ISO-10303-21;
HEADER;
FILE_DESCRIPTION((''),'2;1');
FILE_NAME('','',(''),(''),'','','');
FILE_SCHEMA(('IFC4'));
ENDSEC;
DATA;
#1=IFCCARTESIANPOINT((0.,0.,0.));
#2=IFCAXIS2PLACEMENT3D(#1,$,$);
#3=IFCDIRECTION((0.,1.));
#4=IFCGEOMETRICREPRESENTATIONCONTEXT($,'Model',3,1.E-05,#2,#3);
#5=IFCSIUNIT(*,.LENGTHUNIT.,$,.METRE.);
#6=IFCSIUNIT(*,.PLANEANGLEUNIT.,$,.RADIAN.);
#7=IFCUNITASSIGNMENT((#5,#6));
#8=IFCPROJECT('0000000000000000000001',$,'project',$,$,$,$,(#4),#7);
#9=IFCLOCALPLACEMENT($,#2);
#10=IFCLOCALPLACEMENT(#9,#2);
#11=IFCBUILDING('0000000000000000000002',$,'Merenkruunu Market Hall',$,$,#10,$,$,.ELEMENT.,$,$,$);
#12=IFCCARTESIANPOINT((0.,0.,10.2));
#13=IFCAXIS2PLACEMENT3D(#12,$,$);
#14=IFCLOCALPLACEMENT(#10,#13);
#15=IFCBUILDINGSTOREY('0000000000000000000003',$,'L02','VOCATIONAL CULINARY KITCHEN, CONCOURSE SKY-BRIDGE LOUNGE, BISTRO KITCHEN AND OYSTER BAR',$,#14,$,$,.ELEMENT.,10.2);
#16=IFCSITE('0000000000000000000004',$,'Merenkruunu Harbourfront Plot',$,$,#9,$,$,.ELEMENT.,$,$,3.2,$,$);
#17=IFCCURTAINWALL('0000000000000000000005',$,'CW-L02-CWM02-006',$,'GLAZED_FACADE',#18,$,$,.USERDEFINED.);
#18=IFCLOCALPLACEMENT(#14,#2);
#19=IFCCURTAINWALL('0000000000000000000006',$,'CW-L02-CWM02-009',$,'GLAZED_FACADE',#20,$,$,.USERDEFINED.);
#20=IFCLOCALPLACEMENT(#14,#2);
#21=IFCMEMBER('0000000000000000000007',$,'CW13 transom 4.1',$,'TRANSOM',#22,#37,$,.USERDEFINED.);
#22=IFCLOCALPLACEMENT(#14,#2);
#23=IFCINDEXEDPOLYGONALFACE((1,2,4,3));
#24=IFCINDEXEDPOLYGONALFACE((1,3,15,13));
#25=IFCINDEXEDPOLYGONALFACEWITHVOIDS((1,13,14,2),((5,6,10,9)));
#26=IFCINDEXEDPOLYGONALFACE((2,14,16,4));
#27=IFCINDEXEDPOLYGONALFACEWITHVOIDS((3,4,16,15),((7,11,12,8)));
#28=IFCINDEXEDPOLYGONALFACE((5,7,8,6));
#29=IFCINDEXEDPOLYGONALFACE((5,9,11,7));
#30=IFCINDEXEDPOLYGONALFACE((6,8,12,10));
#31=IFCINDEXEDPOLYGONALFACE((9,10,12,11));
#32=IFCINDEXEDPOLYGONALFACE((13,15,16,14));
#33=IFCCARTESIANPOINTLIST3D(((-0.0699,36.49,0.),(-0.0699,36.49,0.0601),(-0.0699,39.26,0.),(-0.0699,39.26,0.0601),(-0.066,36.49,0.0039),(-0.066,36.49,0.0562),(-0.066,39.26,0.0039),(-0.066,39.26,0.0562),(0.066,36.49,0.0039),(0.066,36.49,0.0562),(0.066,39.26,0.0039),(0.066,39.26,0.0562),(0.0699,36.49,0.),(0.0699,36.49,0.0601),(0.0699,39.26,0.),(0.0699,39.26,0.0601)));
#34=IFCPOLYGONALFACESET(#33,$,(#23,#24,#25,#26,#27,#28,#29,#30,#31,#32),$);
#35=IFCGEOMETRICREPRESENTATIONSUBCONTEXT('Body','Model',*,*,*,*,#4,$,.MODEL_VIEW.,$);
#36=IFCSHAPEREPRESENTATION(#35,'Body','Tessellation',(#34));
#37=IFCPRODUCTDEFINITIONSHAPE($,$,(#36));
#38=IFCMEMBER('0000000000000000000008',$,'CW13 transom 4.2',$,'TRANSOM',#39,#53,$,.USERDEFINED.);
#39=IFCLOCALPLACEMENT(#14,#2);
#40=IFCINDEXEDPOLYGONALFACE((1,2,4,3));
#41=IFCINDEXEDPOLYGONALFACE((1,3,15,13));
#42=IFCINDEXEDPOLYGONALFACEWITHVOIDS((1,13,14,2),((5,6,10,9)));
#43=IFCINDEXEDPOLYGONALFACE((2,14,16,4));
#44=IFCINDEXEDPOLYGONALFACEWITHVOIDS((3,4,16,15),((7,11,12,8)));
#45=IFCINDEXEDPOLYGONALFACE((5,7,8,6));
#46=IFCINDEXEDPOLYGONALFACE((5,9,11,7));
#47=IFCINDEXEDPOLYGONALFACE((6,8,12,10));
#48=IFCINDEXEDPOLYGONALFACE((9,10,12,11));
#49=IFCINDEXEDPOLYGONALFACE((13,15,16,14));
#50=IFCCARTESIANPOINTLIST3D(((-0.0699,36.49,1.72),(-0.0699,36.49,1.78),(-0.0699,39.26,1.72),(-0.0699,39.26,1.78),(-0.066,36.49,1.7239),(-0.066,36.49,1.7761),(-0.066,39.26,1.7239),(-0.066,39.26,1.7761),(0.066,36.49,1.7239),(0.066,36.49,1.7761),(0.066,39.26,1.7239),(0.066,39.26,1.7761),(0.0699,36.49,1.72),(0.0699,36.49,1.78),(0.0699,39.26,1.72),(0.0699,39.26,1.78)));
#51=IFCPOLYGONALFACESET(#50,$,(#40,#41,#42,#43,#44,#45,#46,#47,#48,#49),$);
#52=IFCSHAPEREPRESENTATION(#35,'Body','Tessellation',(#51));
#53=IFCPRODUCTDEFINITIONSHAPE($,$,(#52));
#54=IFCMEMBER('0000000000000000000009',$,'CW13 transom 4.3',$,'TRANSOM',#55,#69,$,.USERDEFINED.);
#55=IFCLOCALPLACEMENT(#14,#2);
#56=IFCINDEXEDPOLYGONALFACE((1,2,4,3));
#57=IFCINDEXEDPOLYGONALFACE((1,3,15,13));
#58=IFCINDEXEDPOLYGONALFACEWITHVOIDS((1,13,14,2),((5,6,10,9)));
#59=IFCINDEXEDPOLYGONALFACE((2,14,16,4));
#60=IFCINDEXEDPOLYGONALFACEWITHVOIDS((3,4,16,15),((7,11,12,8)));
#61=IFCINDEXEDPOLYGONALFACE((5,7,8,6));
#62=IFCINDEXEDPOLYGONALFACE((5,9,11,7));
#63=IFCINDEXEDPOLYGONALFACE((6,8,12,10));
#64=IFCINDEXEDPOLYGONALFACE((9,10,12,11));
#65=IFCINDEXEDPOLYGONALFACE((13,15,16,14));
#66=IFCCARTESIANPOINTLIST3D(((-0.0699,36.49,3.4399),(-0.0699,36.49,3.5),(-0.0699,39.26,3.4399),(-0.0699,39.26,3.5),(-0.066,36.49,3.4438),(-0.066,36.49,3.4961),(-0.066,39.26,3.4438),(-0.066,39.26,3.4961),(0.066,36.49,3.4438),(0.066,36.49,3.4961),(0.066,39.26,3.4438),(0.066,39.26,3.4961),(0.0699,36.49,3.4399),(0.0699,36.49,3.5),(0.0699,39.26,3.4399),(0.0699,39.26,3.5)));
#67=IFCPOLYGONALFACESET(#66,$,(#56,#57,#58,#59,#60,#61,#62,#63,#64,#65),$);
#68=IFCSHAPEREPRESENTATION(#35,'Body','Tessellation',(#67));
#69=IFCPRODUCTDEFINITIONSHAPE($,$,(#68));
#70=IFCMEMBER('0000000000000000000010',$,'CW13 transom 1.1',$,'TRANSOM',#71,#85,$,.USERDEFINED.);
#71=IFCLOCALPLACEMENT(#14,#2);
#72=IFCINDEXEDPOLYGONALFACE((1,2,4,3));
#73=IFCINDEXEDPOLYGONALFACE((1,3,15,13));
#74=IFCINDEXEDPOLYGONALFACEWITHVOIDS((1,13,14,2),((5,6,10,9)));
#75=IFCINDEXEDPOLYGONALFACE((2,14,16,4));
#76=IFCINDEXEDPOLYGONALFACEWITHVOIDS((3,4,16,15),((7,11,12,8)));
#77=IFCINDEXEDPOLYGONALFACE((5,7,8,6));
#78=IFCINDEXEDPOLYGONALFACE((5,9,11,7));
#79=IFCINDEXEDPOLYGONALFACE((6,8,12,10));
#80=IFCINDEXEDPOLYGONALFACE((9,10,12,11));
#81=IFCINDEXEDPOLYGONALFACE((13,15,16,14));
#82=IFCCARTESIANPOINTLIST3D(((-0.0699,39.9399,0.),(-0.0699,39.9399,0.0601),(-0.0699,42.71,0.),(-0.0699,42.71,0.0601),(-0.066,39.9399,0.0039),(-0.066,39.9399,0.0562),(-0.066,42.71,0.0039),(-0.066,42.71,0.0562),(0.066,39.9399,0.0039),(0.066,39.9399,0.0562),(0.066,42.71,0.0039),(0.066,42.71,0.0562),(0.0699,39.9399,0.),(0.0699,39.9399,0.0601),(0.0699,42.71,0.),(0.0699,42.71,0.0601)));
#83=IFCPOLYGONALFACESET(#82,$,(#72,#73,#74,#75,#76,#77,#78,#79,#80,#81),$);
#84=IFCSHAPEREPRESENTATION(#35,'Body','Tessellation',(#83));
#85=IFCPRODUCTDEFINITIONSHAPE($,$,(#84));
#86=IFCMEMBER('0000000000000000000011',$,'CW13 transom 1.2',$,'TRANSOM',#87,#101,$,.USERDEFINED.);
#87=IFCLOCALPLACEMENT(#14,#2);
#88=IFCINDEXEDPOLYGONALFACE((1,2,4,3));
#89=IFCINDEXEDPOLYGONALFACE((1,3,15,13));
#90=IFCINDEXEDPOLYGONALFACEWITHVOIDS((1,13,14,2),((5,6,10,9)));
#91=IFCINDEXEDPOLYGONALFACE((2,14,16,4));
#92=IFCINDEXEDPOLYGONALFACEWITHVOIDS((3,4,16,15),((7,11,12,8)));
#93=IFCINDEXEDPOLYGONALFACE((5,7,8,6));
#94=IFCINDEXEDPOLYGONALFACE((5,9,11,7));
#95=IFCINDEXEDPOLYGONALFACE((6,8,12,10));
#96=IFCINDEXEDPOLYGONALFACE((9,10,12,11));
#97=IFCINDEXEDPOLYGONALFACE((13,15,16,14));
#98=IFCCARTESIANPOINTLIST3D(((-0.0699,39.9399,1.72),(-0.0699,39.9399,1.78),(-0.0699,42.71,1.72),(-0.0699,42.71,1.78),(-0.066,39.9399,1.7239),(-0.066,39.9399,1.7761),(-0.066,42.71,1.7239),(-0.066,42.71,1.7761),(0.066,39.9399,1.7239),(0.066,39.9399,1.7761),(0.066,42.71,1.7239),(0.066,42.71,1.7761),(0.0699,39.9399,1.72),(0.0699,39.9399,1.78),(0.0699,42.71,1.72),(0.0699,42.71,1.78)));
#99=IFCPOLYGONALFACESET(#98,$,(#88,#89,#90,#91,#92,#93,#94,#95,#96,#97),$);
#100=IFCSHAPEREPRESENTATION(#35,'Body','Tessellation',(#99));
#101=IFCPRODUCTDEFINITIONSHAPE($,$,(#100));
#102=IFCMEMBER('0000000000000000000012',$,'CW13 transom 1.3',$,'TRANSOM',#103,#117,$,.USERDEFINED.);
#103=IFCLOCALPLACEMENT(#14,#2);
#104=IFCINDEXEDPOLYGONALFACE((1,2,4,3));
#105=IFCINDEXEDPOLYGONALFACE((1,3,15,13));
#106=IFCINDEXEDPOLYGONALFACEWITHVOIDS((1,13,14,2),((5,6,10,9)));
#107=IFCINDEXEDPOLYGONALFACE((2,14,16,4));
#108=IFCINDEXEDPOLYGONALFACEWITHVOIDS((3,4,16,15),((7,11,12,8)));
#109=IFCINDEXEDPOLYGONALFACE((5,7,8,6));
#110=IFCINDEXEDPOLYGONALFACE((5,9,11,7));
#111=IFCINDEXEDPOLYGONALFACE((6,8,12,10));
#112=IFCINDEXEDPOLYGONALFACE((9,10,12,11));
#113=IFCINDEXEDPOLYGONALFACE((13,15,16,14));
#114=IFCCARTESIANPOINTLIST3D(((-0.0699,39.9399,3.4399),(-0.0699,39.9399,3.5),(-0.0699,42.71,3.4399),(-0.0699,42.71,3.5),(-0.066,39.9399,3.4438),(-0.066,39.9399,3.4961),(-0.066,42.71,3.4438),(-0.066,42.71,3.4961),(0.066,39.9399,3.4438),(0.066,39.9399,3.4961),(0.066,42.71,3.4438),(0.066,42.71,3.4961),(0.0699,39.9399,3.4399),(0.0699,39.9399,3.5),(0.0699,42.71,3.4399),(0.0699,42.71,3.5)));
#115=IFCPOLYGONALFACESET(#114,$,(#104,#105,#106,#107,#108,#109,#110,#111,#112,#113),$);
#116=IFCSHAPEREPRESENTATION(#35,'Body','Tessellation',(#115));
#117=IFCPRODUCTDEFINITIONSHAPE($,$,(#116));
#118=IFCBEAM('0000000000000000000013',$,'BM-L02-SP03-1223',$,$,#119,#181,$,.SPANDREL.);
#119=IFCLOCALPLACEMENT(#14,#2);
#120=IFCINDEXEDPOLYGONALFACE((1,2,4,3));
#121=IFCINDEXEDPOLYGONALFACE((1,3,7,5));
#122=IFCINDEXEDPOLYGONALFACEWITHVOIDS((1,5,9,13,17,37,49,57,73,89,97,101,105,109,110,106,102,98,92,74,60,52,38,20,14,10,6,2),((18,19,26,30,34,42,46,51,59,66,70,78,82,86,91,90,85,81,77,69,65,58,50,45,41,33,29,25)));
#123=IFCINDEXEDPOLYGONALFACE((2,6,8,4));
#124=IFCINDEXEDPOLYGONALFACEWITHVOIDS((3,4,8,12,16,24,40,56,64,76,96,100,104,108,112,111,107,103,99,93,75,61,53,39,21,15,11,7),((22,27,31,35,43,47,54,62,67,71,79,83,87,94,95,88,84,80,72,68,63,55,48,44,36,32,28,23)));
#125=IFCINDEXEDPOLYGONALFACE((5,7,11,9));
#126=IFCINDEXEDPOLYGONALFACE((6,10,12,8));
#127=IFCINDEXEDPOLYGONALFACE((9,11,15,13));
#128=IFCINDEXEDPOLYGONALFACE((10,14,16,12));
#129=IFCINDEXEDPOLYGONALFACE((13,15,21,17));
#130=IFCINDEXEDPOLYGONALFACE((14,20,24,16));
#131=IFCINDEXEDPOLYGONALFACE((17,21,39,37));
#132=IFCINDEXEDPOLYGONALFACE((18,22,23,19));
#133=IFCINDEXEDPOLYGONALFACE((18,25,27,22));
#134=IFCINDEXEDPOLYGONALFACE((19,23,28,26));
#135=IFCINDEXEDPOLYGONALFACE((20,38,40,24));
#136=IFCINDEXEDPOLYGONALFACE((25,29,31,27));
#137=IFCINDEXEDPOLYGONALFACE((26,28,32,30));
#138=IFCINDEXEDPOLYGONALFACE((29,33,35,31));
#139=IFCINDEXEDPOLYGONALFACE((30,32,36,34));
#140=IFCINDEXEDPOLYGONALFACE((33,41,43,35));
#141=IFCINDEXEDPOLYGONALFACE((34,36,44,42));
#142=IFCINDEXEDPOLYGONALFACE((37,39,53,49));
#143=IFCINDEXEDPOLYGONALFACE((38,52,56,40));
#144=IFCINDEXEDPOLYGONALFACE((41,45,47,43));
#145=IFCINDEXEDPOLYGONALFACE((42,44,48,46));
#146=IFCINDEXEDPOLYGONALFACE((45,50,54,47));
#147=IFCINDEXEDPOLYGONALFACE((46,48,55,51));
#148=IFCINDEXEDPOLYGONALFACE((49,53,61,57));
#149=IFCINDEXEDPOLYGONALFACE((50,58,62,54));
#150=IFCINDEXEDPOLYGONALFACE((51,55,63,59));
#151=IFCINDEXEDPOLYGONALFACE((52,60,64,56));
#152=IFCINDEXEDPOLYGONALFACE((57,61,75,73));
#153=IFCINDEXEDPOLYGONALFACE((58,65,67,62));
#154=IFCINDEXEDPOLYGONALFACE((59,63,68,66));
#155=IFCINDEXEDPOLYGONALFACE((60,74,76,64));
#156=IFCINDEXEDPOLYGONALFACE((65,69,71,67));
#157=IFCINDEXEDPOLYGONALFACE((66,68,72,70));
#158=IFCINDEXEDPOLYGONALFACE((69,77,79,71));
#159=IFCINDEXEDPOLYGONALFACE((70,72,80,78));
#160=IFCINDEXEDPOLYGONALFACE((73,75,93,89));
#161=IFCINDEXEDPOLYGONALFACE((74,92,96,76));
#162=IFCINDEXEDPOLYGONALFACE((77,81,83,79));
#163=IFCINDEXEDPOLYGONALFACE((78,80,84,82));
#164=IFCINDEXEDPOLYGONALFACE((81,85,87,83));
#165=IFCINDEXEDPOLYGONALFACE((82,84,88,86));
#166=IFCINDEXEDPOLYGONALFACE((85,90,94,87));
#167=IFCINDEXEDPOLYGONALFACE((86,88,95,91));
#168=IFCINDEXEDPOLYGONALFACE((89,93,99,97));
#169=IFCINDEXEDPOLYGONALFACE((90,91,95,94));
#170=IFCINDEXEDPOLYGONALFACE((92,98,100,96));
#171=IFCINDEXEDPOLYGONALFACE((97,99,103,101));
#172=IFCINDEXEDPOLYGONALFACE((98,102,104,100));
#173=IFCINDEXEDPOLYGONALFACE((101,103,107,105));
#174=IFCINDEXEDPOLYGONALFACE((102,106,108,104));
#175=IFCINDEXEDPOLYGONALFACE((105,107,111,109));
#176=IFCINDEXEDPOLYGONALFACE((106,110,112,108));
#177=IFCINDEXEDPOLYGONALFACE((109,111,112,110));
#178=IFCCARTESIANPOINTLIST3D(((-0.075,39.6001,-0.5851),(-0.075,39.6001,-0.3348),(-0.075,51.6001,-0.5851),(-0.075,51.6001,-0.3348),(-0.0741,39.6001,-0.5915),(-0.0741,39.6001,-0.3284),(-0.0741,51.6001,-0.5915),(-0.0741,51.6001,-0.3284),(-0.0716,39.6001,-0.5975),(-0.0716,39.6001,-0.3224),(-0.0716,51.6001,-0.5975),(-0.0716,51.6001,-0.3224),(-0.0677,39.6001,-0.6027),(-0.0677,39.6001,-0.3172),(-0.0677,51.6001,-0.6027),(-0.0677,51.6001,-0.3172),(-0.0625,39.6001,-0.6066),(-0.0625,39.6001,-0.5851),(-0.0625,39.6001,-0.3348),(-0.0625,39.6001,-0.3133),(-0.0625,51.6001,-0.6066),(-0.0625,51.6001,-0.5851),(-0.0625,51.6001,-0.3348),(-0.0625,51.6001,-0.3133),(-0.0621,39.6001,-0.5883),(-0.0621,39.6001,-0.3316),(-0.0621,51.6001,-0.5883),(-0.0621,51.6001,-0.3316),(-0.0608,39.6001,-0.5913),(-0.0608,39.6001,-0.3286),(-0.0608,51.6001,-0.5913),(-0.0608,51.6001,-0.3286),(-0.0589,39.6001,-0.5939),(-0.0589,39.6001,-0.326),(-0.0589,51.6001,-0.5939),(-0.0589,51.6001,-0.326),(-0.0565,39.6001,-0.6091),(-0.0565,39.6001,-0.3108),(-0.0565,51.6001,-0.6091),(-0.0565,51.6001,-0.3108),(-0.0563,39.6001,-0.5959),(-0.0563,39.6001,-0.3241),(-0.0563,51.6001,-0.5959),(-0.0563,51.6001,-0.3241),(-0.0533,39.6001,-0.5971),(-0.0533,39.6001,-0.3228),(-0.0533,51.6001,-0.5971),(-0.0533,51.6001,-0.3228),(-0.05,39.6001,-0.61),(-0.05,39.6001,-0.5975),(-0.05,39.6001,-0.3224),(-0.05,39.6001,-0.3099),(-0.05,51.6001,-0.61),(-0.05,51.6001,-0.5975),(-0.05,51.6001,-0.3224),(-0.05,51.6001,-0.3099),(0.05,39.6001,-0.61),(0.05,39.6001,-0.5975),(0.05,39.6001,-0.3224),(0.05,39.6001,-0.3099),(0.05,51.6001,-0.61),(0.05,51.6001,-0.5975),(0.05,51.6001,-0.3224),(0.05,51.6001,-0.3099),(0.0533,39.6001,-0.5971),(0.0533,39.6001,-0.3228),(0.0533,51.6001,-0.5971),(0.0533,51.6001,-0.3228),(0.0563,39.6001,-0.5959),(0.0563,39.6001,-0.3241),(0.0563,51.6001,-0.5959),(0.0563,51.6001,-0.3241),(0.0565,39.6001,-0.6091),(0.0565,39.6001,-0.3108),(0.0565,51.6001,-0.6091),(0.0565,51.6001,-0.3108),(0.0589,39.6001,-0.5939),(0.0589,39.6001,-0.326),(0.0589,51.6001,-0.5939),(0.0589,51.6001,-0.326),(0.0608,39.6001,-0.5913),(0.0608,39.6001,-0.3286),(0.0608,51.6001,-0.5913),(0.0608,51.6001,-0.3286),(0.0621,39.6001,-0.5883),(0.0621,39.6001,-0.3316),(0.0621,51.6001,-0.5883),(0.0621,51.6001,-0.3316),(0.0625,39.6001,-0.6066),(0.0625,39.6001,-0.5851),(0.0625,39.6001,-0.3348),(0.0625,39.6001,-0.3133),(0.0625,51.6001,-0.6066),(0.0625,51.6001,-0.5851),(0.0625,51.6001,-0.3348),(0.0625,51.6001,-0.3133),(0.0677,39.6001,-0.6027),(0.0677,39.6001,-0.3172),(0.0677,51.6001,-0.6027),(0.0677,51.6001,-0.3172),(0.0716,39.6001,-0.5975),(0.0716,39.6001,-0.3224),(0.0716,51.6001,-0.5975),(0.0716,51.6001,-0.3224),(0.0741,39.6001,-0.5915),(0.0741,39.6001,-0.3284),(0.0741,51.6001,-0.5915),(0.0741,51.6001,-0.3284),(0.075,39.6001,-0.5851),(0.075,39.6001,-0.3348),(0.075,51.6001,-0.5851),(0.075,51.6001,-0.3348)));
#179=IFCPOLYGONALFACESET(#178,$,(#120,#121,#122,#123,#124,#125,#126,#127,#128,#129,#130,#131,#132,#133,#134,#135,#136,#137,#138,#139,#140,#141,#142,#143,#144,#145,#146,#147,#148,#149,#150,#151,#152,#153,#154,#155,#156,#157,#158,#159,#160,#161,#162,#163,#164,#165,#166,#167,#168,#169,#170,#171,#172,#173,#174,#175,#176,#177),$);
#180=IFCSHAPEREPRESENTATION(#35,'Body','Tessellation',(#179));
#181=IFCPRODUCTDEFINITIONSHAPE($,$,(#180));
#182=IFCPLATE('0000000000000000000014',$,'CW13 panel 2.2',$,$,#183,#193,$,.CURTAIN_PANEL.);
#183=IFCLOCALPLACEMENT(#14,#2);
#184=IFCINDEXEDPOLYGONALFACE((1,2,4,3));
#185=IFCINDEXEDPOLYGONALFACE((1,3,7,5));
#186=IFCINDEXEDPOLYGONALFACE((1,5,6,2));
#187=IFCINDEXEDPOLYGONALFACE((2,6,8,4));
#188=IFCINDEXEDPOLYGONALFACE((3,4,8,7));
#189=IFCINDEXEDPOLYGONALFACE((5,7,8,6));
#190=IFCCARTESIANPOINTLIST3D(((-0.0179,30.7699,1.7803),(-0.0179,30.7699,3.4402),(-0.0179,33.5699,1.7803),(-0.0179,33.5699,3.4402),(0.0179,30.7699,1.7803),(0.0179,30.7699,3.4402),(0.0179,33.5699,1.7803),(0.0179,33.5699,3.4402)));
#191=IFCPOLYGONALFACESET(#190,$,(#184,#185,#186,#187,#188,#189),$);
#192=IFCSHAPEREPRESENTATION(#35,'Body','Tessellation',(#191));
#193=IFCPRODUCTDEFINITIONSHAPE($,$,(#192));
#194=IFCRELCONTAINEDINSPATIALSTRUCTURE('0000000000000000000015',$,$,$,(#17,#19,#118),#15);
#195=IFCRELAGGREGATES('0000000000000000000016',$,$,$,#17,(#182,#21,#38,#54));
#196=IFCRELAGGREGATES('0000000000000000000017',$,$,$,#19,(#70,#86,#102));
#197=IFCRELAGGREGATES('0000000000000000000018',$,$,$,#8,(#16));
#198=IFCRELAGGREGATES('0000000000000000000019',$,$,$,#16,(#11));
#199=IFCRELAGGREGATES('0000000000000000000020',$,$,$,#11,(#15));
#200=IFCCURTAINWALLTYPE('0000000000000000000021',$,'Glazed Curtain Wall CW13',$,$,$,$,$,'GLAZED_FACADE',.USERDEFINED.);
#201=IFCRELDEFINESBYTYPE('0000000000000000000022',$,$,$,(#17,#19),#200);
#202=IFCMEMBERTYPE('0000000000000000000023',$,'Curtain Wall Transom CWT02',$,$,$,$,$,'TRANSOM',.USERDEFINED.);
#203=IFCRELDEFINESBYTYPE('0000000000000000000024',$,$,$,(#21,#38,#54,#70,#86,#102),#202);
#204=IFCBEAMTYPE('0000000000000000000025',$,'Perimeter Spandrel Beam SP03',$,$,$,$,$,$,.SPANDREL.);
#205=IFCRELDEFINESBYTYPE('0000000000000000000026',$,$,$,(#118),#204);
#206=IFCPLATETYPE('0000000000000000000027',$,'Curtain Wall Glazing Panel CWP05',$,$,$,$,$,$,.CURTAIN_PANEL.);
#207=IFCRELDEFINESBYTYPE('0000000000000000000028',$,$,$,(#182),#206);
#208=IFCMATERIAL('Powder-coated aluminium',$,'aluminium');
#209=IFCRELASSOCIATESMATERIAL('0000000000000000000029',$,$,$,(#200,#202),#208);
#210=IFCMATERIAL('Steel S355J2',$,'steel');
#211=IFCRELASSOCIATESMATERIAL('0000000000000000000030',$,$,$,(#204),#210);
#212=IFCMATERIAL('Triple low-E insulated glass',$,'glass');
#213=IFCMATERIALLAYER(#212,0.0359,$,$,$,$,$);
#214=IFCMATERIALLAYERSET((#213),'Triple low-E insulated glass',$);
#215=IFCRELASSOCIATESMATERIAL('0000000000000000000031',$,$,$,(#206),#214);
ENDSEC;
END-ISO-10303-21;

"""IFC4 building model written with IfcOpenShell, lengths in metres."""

from ifc_helpers import new_model, si_unit, direction, frame, origin, origin_2d, place, context, subcontext, project, spatial, rectangle, hollow_rectangle, extrude, material, layer, layer_set, material_profile, profile_set, type_object, element, aggregate, save


model = new_model("IFC4")

# Units and contexts
model_context = context("Model", 3, precision=1e-05, world=origin(), true_north=direction((0.0, 1.0)))
body_context = subcontext(model_context, "Body", "Model", "MODEL_VIEW")
ifc_project = project(units=[si_unit("LENGTHUNIT", "METRE"), si_unit("PLANEANGLEUNIT", "RADIAN")], contexts=[model_context])

# Site, building, storey
site_placement = place(None, origin())
site = spatial("IfcSite", under=ifc_project, at=site_placement, Name="Merenkruunu Harbourfront Plot", CompositionType="ELEMENT", RefElevation=3.2)
building_placement = place(site_placement, origin())
building = spatial("IfcBuilding", under=site, at=building_placement, Name="Merenkruunu Market Hall", CompositionType="ELEMENT")
storey_placement = place(building_placement, frame((0.0, 0.0, 10.2)))
storey = spatial("IfcBuildingStorey", under=building, at=storey_placement, Name="L02", Description="VOCATIONAL CULINARY KITCHEN, CONCOURSE SKY-BRIDGE LOUNGE, BISTRO KITCHEN AND OYSTER BAR", CompositionType="ELEMENT", Elevation=10.2)

# Curtain wall
ifc_material_1 = material(Name="Powder-coated aluminium", Category="aluminium")
curtain_wall_type = type_object("IfcCurtainWallType", Name="Glazed Curtain Wall CW13", ElementType="GLAZED_FACADE", PredefinedType="USERDEFINED", material=ifc_material_1)
curtain_wall_1_placement = place(storey_placement, origin())
curtain_wall_1 = element("IfcCurtainWall", 1, at=curtain_wall_1_placement, inside=storey, type_object=curtain_wall_type, Name="CW-L02-CWM02-006", ObjectType="GLAZED_FACADE", PredefinedType="USERDEFINED")

# Curtain wall
curtain_wall_2_placement = place(storey_placement, origin())
curtain_wall_2 = element("IfcCurtainWall", 2, at=curtain_wall_2_placement, inside=storey, type_object=curtain_wall_type, Name="CW-L02-CWM02-009", ObjectType="GLAZED_FACADE", PredefinedType="USERDEFINED")

# Members
ifc_material_profile_1 = material_profile(ifc_material_1, hollow_rectangle(XDim=0.0601, YDim=0.1399, WallThickness=0.0039, at=origin_2d()), Name="ALU 60x140x4")
ifc_profile_set_1 = profile_set([ifc_material_profile_1], Name="Powder-coated aluminium")
member_type_1 = type_object("IfcMemberType", Name="Curtain Wall Transom CWT02", ElementType="TRANSOM", PredefinedType="USERDEFINED", material=ifc_profile_set_1)
member_1_placement = place(storey_placement, frame((0.0, 36.49, 0.03), z_axis=(0.0, 1.0, 0.0), x_axis=(0.0, 0.0, 1.0)))
member_1 = element("IfcMember", 3, at=member_1_placement, type_object=member_type_1, Name="CW13 transom 4.1", ObjectType="TRANSOM", PredefinedType="USERDEFINED", context=body_context, shape_type="SweptSolid", body=[
    extrude(hollow_rectangle(XDim=0.0601, YDim=0.1399, WallThickness=0.0039, at=origin_2d()), origin(), (0.0, 0.0, 1.0), 2.77),
])
member_2_placement = place(storey_placement, frame((0.0, 36.49, 1.75), z_axis=(0.0, 1.0, 0.0), x_axis=(0.0, 0.0, 1.0)))
member_2 = element("IfcMember", 4, at=member_2_placement, type_object=member_type_1, Name="CW13 transom 4.2", ObjectType="TRANSOM", PredefinedType="USERDEFINED", context=body_context, shape_type="SweptSolid", body=[
    extrude(hollow_rectangle(XDim=0.0601, YDim=0.1399, WallThickness=0.0039, at=origin_2d()), origin(), (0.0, 0.0, 1.0), 2.77),
])
member_3_placement = place(storey_placement, frame((0.0, 36.49, 3.47), z_axis=(0.0, 1.0, 0.0), x_axis=(0.0, 0.0, 1.0)))
member_3 = element("IfcMember", 5, at=member_3_placement, type_object=member_type_1, Name="CW13 transom 4.3", ObjectType="TRANSOM", PredefinedType="USERDEFINED", context=body_context, shape_type="SweptSolid", body=[
    extrude(hollow_rectangle(XDim=0.0601, YDim=0.1399, WallThickness=0.0039, at=origin_2d()), origin(), (0.0, 0.0, 1.0), 2.77),
])
member_4_placement = place(storey_placement, frame((0.0, 39.9399, 0.03), z_axis=(0.0, 1.0, 0.0), x_axis=(0.0, 0.0, 1.0)))
member_4 = element("IfcMember", 6, at=member_4_placement, type_object=member_type_1, Name="CW13 transom 1.1", ObjectType="TRANSOM", PredefinedType="USERDEFINED", context=body_context, shape_type="SweptSolid", body=[
    extrude(hollow_rectangle(XDim=0.0601, YDim=0.1399, WallThickness=0.0039, at=origin_2d()), origin(), (0.0, 0.0, 1.0), 2.77),
])
member_5_placement = place(storey_placement, frame((0.0, 39.9399, 1.75), z_axis=(0.0, 1.0, 0.0), x_axis=(0.0, 0.0, 1.0)))
member_5 = element("IfcMember", 7, at=member_5_placement, type_object=member_type_1, Name="CW13 transom 1.2", ObjectType="TRANSOM", PredefinedType="USERDEFINED", context=body_context, shape_type="SweptSolid", body=[
    extrude(hollow_rectangle(XDim=0.0601, YDim=0.1399, WallThickness=0.0039, at=origin_2d()), origin(), (0.0, 0.0, 1.0), 2.77),
])
member_6_placement = place(storey_placement, frame((0.0, 39.9399, 3.47), z_axis=(0.0, 1.0, 0.0), x_axis=(0.0, 0.0, 1.0)))
member_6 = element("IfcMember", 8, at=member_6_placement, type_object=member_type_1, Name="CW13 transom 1.3", ObjectType="TRANSOM", PredefinedType="USERDEFINED", context=body_context, shape_type="SweptSolid", body=[
    extrude(hollow_rectangle(XDim=0.0601, YDim=0.1399, WallThickness=0.0039, at=origin_2d()), origin(), (0.0, 0.0, 1.0), 2.77),
])

# Beam
ifc_material_2 = material(Name="Steel S355J2", Category="steel")
ifc_material_profile_2 = material_profile(ifc_material_2, hollow_rectangle(XDim=0.1499, YDim=0.3, WallThickness=0.0125, InnerFilletRadius=0.0125, OuterFilletRadius=0.0249, at=origin_2d()), Name="RHS 300x150x12.5")
ifc_profile_set_2 = profile_set([ifc_material_profile_2], Name="Steel S355J2")
beam_type = type_object("IfcBeamType", Name="Perimeter Spandrel Beam SP03", PredefinedType="SPANDREL", material=ifc_profile_set_2)
beam_placement = place(storey_placement, frame((0.0, 39.6001, -0.46), z_axis=(0.0, 1.0, 0.0), x_axis=(-1.0, 0.0, 0.0)))
element("IfcBeam", 9, at=beam_placement, inside=storey, type_object=beam_type, Name="BM-L02-SP03-1223", PredefinedType="SPANDREL", context=body_context, shape_type="SweptSolid", body=[
    extrude(hollow_rectangle(XDim=0.1499, YDim=0.3, WallThickness=0.0125, InnerFilletRadius=0.0125, OuterFilletRadius=0.0249, at=origin_2d()), origin(), (0.0, 0.0, 1.0), 12.0),
])

# Plate
ifc_material_3 = material(Name="Triple low-E insulated glass", Category="glass")
ifc_layer_1 = layer(ifc_material_3, 0.0359)
ifc_layer_set_1 = layer_set([ifc_layer_1], Name="Triple low-E insulated glass")
plate_type_1 = type_object("IfcPlateType", Name="Curtain Wall Glazing Panel CWP05", PredefinedType="CURTAIN_PANEL", material=ifc_layer_set_1)
plate_1_placement = place(storey_placement, frame((0.0, 32.1699, 1.7803), z_axis=(0.0, 0.0, 1.0), x_axis=(0.0, 1.0, 0.0)))
plate_1 = element("IfcPlate", 10, at=plate_1_placement, type_object=plate_type_1, Name="CW13 panel 2.2", PredefinedType="CURTAIN_PANEL", context=body_context, shape_type="SweptSolid", body=[
    extrude(rectangle(XDim=2.8, YDim=0.0359, at=origin_2d()), origin(), (0.0, 0.0, 1.0), 1.6599),
])
aggregate(curtain_wall_1, [plate_1, member_1, member_2, member_3])
aggregate(curtain_wall_2, [member_4, member_5, member_6])

save(model, "model.ifc")
